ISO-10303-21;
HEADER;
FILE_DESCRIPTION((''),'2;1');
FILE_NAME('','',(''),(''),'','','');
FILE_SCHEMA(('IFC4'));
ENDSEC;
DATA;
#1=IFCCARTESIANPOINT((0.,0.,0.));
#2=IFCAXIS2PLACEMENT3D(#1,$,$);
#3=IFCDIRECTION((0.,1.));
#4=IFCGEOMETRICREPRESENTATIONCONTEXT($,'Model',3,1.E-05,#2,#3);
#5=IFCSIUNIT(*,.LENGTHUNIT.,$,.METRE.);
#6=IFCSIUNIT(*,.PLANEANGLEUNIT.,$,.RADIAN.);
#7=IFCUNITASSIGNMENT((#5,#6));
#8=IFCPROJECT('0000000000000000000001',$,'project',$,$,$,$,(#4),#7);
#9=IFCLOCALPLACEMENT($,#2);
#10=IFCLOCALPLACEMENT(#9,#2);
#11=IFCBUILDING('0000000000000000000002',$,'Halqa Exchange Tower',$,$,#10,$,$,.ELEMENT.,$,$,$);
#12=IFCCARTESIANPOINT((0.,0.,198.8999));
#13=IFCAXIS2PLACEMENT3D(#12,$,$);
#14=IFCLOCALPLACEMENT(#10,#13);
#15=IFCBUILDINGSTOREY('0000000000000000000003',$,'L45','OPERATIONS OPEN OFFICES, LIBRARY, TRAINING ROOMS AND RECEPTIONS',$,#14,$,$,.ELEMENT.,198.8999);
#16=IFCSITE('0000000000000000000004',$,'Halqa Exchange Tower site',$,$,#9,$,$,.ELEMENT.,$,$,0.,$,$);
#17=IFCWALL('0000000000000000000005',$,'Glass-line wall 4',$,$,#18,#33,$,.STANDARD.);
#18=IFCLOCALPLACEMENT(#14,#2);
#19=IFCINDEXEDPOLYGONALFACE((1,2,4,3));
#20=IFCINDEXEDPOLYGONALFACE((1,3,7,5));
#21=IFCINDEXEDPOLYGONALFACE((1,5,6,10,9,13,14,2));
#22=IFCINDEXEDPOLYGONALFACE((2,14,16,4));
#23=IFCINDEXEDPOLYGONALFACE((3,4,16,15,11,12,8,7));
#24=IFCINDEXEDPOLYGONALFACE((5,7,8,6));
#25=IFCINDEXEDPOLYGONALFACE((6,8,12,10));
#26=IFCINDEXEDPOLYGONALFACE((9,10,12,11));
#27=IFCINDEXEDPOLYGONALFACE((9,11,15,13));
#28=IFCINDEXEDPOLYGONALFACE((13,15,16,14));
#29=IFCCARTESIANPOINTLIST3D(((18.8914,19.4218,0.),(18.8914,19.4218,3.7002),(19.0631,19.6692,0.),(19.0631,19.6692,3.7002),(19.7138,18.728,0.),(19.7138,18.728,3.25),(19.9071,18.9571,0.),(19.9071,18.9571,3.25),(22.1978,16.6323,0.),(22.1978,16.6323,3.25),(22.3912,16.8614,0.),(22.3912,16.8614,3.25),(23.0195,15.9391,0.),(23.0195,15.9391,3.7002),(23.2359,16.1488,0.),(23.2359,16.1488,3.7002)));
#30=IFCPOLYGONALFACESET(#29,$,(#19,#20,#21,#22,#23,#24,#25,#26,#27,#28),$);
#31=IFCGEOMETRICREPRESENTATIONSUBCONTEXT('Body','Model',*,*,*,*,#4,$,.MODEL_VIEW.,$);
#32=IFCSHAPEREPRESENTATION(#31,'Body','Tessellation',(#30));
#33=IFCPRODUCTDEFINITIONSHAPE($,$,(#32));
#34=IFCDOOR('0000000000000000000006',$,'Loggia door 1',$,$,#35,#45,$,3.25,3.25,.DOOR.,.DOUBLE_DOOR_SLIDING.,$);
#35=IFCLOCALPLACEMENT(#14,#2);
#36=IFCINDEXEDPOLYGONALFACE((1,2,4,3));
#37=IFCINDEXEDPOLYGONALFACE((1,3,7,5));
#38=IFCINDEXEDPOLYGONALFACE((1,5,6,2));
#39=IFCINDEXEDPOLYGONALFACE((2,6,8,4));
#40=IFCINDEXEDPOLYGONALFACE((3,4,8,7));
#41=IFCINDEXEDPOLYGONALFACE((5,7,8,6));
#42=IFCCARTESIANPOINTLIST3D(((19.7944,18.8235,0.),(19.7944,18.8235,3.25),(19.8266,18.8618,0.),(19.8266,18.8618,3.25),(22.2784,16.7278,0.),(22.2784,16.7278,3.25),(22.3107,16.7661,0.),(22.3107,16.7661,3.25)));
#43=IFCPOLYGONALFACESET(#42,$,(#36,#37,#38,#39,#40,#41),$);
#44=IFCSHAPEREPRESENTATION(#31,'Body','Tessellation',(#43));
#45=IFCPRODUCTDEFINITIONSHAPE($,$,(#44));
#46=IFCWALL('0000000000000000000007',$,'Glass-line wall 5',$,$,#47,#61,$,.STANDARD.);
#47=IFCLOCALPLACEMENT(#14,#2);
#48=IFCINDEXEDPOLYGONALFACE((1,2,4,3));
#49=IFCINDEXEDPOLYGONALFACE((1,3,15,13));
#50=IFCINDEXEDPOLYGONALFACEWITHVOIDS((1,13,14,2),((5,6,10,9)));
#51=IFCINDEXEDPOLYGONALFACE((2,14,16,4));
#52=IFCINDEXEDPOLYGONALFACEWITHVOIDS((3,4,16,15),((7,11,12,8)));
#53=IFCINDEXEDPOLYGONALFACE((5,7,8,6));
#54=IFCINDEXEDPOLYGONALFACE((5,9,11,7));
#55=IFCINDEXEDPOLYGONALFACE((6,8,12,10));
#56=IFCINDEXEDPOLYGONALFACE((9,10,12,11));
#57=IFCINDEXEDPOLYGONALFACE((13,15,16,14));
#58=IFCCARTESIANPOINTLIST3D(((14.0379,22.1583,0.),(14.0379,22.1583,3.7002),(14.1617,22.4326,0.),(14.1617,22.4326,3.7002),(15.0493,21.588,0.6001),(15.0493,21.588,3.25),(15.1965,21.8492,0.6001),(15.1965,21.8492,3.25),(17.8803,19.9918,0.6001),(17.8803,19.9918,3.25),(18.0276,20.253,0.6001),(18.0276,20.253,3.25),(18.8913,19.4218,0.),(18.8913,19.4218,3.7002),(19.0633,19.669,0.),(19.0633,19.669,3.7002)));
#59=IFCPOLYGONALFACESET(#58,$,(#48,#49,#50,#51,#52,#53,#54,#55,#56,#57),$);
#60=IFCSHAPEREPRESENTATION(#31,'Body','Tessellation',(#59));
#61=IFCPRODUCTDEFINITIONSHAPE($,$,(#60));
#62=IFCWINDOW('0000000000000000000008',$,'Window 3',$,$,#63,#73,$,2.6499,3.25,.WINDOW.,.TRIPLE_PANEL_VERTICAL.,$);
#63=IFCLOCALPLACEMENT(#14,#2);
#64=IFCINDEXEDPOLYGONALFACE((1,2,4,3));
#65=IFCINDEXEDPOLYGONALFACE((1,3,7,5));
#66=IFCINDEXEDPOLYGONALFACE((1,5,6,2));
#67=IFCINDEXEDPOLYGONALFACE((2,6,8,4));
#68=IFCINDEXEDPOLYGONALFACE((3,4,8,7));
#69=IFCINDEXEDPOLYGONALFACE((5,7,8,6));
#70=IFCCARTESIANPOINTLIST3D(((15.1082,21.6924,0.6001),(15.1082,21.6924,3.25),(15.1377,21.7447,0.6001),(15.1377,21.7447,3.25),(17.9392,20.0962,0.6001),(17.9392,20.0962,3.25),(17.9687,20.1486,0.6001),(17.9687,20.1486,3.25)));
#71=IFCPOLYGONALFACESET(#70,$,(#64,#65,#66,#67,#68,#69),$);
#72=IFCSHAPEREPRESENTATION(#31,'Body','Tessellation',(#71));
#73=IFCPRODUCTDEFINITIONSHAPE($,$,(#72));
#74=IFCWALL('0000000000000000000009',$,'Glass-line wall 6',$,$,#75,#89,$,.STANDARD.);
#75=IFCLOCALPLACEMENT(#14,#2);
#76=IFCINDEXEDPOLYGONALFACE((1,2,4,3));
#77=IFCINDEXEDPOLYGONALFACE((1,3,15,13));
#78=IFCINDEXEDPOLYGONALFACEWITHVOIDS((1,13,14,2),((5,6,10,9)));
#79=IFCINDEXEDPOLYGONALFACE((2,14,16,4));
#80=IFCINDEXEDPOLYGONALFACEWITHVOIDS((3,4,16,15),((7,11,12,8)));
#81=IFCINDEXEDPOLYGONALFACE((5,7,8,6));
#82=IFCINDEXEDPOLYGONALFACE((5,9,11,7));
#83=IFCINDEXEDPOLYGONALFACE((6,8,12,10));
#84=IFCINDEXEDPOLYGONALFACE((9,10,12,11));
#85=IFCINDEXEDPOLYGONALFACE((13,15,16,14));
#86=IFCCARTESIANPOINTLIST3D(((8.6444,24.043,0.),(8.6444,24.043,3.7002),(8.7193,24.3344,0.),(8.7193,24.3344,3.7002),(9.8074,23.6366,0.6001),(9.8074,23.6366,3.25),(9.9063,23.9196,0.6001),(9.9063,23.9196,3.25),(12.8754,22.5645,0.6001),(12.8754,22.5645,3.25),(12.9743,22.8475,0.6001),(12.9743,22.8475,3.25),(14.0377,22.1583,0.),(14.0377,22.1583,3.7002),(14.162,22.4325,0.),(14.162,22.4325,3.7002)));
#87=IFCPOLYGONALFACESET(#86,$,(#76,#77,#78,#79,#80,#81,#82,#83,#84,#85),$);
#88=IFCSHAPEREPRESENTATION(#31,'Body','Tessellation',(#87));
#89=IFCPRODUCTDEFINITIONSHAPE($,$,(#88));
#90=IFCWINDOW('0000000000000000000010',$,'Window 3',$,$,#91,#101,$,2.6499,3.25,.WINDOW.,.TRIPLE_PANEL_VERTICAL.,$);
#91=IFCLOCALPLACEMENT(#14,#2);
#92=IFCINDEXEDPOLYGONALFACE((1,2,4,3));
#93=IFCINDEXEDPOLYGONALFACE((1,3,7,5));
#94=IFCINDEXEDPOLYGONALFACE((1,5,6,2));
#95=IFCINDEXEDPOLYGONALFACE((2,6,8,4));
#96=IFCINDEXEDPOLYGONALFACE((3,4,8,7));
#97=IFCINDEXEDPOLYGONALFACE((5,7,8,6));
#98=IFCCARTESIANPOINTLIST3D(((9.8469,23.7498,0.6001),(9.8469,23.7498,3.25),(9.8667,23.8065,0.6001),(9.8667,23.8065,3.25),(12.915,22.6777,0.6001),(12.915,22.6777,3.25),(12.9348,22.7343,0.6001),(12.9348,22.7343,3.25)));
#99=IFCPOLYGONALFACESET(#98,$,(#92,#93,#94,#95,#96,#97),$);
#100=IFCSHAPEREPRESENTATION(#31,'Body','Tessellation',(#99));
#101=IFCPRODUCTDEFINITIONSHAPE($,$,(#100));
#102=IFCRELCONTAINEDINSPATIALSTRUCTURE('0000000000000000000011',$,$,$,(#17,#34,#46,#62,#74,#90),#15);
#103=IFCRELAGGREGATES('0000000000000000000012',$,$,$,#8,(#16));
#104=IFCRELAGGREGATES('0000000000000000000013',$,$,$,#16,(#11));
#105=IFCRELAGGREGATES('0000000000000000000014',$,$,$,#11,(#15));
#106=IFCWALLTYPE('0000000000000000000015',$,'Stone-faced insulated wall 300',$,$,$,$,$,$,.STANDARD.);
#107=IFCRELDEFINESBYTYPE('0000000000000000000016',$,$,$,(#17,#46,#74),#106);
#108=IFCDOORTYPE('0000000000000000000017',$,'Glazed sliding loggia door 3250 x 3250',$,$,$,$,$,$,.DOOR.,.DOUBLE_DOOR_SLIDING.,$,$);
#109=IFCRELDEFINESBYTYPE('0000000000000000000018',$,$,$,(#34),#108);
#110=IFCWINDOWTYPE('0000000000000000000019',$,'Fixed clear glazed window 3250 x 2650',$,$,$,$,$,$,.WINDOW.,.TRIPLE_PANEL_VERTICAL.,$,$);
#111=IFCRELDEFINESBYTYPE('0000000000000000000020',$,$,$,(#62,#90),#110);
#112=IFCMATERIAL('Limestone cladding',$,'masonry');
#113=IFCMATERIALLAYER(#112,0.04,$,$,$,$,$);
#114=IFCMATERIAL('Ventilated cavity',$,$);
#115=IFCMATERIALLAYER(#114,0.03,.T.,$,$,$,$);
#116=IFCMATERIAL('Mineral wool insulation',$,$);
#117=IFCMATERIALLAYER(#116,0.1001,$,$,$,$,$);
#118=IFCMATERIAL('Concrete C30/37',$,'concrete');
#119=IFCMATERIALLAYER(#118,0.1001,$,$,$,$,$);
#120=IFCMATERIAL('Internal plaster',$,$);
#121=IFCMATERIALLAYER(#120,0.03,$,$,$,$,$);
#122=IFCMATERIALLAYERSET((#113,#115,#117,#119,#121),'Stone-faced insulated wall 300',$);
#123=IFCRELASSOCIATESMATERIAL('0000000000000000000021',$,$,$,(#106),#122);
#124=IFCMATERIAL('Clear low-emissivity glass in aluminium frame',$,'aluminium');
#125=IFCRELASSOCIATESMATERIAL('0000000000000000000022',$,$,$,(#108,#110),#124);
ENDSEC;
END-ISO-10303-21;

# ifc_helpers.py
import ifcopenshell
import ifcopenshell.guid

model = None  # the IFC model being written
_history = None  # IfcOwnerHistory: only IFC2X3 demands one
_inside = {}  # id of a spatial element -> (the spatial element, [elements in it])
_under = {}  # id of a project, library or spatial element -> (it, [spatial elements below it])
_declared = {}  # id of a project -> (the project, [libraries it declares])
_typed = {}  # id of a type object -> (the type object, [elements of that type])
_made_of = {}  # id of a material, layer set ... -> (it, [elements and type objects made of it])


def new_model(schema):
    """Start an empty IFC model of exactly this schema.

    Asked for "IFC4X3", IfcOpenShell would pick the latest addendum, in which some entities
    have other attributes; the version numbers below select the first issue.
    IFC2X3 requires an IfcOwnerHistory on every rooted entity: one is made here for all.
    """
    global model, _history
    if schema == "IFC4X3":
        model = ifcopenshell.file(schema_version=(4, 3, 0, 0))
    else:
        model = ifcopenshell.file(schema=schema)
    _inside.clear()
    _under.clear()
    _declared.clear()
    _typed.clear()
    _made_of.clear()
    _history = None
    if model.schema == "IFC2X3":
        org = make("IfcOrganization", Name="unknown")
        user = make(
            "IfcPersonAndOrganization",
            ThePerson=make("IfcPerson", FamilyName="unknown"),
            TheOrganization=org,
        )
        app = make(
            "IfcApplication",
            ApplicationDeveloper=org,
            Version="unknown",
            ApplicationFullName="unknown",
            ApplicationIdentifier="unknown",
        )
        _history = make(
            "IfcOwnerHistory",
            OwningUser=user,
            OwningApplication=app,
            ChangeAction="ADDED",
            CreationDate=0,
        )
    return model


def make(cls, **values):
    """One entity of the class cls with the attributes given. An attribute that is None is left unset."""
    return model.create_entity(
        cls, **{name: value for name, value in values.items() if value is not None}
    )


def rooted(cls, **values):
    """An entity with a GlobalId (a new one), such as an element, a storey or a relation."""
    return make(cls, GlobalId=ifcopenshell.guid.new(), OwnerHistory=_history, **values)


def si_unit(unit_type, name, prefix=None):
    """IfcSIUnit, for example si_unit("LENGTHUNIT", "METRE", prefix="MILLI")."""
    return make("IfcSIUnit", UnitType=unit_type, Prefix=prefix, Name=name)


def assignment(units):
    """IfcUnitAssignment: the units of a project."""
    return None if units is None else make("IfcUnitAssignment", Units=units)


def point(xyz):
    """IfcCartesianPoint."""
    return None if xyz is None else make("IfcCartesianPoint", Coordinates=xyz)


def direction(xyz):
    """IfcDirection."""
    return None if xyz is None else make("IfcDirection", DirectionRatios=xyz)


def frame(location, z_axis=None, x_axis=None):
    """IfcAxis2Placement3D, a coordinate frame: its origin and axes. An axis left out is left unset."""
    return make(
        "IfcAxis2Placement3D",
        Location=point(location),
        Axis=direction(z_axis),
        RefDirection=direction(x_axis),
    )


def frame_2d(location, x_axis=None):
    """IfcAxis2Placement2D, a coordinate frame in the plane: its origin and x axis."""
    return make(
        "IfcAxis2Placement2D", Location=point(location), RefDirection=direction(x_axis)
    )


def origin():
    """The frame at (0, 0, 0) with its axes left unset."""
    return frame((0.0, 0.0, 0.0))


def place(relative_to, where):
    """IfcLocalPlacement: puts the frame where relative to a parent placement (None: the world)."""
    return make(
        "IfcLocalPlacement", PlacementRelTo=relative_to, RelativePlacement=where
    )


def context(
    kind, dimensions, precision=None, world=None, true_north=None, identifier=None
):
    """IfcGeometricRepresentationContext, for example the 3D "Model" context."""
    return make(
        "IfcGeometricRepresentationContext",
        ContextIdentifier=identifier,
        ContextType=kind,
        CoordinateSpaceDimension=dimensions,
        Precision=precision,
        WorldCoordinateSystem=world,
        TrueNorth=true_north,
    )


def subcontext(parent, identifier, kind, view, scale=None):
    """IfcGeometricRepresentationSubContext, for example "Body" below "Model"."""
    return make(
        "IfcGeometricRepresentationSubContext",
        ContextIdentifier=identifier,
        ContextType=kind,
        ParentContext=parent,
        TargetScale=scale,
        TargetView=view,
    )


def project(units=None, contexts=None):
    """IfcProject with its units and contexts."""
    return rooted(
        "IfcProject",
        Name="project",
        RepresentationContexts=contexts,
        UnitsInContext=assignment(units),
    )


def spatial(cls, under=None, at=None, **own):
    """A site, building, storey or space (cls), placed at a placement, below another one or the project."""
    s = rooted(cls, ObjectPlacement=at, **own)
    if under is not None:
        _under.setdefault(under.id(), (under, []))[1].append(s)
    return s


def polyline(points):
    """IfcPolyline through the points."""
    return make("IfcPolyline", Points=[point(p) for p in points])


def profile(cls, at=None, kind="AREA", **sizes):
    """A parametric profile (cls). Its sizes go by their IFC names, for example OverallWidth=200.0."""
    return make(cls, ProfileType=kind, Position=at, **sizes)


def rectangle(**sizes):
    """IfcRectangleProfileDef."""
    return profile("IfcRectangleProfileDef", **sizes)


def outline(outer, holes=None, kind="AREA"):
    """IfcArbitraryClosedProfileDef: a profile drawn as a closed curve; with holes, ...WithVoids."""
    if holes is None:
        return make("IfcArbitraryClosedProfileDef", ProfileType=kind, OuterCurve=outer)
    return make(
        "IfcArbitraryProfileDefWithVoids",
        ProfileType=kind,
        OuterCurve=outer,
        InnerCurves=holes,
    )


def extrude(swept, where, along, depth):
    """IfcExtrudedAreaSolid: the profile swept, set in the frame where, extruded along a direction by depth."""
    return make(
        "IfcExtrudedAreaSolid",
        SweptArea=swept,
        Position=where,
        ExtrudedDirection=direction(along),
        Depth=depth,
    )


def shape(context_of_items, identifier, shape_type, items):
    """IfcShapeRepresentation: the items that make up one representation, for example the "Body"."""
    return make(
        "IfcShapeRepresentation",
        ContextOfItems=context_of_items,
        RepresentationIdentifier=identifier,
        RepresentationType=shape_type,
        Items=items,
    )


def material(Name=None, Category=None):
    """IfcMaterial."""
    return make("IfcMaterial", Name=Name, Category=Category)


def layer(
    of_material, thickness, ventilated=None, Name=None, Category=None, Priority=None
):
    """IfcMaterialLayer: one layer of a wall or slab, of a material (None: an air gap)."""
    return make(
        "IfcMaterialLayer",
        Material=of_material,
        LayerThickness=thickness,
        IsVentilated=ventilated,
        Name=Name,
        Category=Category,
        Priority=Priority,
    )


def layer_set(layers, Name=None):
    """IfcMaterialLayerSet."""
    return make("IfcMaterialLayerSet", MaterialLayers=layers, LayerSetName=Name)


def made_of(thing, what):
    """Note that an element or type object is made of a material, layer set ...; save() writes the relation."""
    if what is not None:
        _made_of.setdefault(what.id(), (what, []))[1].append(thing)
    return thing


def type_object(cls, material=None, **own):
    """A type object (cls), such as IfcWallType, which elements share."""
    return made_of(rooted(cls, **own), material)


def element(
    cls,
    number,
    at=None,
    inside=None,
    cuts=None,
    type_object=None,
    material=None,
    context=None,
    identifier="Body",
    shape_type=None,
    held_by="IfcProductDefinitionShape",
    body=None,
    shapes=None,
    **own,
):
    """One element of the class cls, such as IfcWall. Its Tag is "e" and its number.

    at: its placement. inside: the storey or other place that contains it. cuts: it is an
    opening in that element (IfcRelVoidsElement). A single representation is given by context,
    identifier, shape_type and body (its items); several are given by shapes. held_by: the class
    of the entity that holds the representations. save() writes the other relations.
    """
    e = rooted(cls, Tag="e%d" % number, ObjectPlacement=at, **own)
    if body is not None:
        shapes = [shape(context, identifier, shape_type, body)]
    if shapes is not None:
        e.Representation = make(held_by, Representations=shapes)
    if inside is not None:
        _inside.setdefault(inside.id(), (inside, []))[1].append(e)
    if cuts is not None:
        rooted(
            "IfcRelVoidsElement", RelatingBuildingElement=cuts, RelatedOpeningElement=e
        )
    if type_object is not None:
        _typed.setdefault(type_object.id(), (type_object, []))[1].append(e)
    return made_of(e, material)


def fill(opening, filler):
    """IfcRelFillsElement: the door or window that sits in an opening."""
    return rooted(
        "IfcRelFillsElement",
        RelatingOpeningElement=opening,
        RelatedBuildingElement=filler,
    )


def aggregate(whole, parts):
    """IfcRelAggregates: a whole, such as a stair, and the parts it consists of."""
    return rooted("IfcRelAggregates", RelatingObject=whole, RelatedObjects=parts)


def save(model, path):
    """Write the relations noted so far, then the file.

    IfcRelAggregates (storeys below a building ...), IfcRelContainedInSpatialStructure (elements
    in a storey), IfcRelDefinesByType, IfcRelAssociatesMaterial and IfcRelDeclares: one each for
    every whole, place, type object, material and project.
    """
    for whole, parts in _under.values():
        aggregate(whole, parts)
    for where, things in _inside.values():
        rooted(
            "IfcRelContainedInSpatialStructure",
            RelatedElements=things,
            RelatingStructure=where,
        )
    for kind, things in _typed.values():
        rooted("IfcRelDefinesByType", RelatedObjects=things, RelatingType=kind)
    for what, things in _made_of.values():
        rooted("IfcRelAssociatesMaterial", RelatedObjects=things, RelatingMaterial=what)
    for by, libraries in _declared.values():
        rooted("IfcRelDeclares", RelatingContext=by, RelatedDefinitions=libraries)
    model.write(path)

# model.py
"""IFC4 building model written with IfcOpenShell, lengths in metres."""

from ifc_helpers import new_model, si_unit, direction, frame, frame_2d, origin, place, context, subcontext, project, spatial, polyline, rectangle, outline, extrude, material, layer, layer_set, type_object, element, fill, save


model = new_model("IFC4")

# Units and contexts
model_context = context("Model", 3, precision=1e-05, world=origin(), true_north=direction((0.0, 1.0)))
body_context = subcontext(model_context, "Body", "Model", "MODEL_VIEW")
ifc_project = project(units=[si_unit("LENGTHUNIT", "METRE"), si_unit("PLANEANGLEUNIT", "RADIAN")], contexts=[model_context])

# Site, building, storey
site_placement = place(None, origin())
site = spatial("IfcSite", under=ifc_project, at=site_placement, Name="Halqa Exchange Tower site", CompositionType="ELEMENT", RefElevation=0.0)
building_placement = place(site_placement, origin())
building = spatial("IfcBuilding", under=site, at=building_placement, Name="Halqa Exchange Tower", CompositionType="ELEMENT")
storey_placement = place(building_placement, frame((0.0, 0.0, 198.8999)))
storey = spatial("IfcBuildingStorey", under=building, at=storey_placement, Name="L45", Description="OPERATIONS OPEN OFFICES, LIBRARY, TRAINING ROOMS AND RECEPTIONS", CompositionType="ELEMENT", Elevation=198.8999)

# Wall, opening, door
ifc_material_1 = material(Name="Limestone cladding", Category="masonry")
ifc_layer_1 = layer(ifc_material_1, 0.04)
ifc_material_2 = material(Name="Ventilated cavity")
ifc_layer_2 = layer(ifc_material_2, 0.03, ventilated=True)
ifc_material_3 = material(Name="Mineral wool insulation")
ifc_layer_3 = layer(ifc_material_3, 0.1001)
ifc_material_4 = material(Name="Concrete C30/37", Category="concrete")
ifc_layer_4 = layer(ifc_material_4, 0.1001)
ifc_material_5 = material(Name="Internal plaster")
ifc_layer_5 = layer(ifc_material_5, 0.03)
ifc_layer_set_1 = layer_set([ifc_layer_1, ifc_layer_2, ifc_layer_3, ifc_layer_4, ifc_layer_5], Name="Stone-faced insulated wall 300")
wall_type_1 = type_object("IfcWallType", Name="Stone-faced insulated wall 300", PredefinedType="STANDARD", material=ifc_layer_set_1)
wall_1_placement = place(storey_placement, frame((23.1277, 16.0439, 0.0), z_axis=(0.0, 0.0, 1.0), x_axis=(-0.76433, 0.644825, 0.0)))
wall_1 = element("IfcWall", 1, at=wall_1_placement, inside=storey, type_object=wall_type_1, Name="Glass-line wall 4", PredefinedType="STANDARD", context=body_context, shape_type="SweptSolid", body=[
    extrude(outline(polyline([(-0.0151, -0.1499), (5.4443, -0.1499), (5.416, 0.1499), (0.0151, 0.1499), (-0.0151, -0.1499)])), origin(), (0.0, 0.0, 1.0), 3.7002),
])
opening_1_placement = place(wall_1_placement, frame((1.0901, 0.0, 0.0)))
opening_1 = element("IfcOpeningElement", 2, at=opening_1_placement, cuts=wall_1, PredefinedType="OPENING", context=body_context, shape_type="SweptSolid", body=[
    extrude(rectangle(XDim=3.25, YDim=3.25, at=frame_2d((1.625, 1.625))), frame((0.0, 0.1621, 0.0), z_axis=(0.0, -1.0, 0.0), x_axis=(1.0, 0.0, 0.0)), (0.0, 0.0, 1.0), 0.324),
])
ifc_material_6 = material(Name="Clear low-emissivity glass in aluminium frame", Category="aluminium")
door_type_1 = type_object("IfcDoorType", Name="Glazed sliding loggia door 3250 x 3250", OperationType="DOUBLE_DOOR_SLIDING", PredefinedType="DOOR", material=ifc_material_6)
door_1_placement = place(opening_1_placement, origin())
door_1 = element("IfcDoor", 3, at=door_1_placement, inside=storey, type_object=door_type_1, Name="Loggia door 1", OperationType="DOUBLE_DOOR_SLIDING", OverallHeight=3.25, OverallWidth=3.25, PredefinedType="DOOR", context=body_context, shape_type="SweptSolid", body=[
    extrude(rectangle(XDim=3.25, YDim=3.25, at=frame_2d((1.625, 1.625))), frame((0.0, 0.0249, 0.0), z_axis=(0.0, -1.0, 0.0), x_axis=(1.0, 0.0, 0.0)), (0.0, 0.0, 1.0), 0.05),
])
fill(opening_1, door_1)

# Walls, openings, windows
wall_2_placement = place(storey_placement, frame((18.9773, 19.5454, 0.0), z_axis=(0.0, 0.0, 1.0), x_axis=(-0.871084, 0.491135, 0.0)))
wall_2 = element("IfcWall", 4, at=wall_2_placement, inside=storey, type_object=wall_type_1, Name="Glass-line wall 5", PredefinedType="STANDARD", context=body_context, shape_type="SweptSolid", body=[
    extrude(outline(polyline([(-0.0142, -0.1499), (5.6128, -0.1499), (5.5859, 0.1499), (0.0142, 0.1499), (-0.0142, -0.1499)])), origin(), (0.0, 0.0, 1.0), 3.7002),
])
opening_2_placement = place(wall_2_placement, frame((1.1748, 0.0, 0.6001)))
opening_2 = element("IfcOpeningElement", 5, at=opening_2_placement, cuts=wall_2, PredefinedType="OPENING", context=body_context, shape_type="SweptSolid", body=[
    extrude(rectangle(XDim=3.25, YDim=2.6499, at=frame_2d((1.625, 1.325))), frame((0.0, 0.1621, 0.0), z_axis=(0.0, -1.0, 0.0), x_axis=(1.0, 0.0, 0.0)), (0.0, 0.0, 1.0), 0.324),
])
window_type = type_object("IfcWindowType", Name="Fixed clear glazed window 3250 x 2650", PartitioningType="TRIPLE_PANEL_VERTICAL", PredefinedType="WINDOW", material=ifc_material_6)
window_1_placement = place(opening_2_placement, origin())
window_1 = element("IfcWindow", 6, at=window_1_placement, inside=storey, type_object=window_type, Name="Window 3", OverallHeight=2.6499, OverallWidth=3.25, PartitioningType="TRIPLE_PANEL_VERTICAL", PredefinedType="WINDOW", context=body_context, shape_type="SweptSolid", body=[
    extrude(rectangle(XDim=3.25, YDim=2.6499, at=frame_2d((1.625, 1.325))), frame((0.0, 0.03, 0.0), z_axis=(0.0, -1.0, 0.0), x_axis=(1.0, 0.0, 0.0)), (0.0, 0.0, 1.0), 0.0601),
])
fill(opening_2, window_1)
wall_3_placement = place(storey_placement, frame((14.0999, 22.2954, 0.0), z_axis=(0.0, 0.0, 1.0), x_axis=(-0.94402, 0.329888, 0.0)))
wall_3 = element("IfcWall", 7, at=wall_3_placement, inside=storey, type_object=wall_type_1, Name="Glass-line wall 6", PredefinedType="STANDARD", context=body_context, shape_type="SweptSolid", body=[
    extrude(outline(polyline([(-0.0134, -0.1499), (5.752, -0.1499), (5.7266, 0.1499), (0.0134, 0.1499), (-0.0134, -0.1499)])), origin(), (0.0, 0.0, 1.0), 3.7002),
])
opening_3_placement = place(wall_3_placement, frame((1.2446, 0.0, 0.6001)))
opening_3 = element("IfcOpeningElement", 8, at=opening_3_placement, cuts=wall_3, PredefinedType="OPENING", context=body_context, shape_type="SweptSolid", body=[
    extrude(rectangle(XDim=3.25, YDim=2.6499, at=frame_2d((1.625, 1.325))), frame((0.0, 0.1621, 0.0), z_axis=(0.0, -1.0, 0.0), x_axis=(1.0, 0.0, 0.0)), (0.0, 0.0, 1.0), 0.324),
])
window_2_placement = place(opening_3_placement, origin())
window_2 = element("IfcWindow", 9, at=window_2_placement, inside=storey, type_object=window_type, Name="Window 3", OverallHeight=2.6499, OverallWidth=3.25, PartitioningType="TRIPLE_PANEL_VERTICAL", PredefinedType="WINDOW", context=body_context, shape_type="SweptSolid", body=[
    extrude(rectangle(XDim=3.25, YDim=2.6499, at=frame_2d((1.625, 1.325))), frame((0.0, 0.03, 0.0), z_axis=(0.0, -1.0, 0.0), x_axis=(1.0, 0.0, 0.0)), (0.0, 0.0, 1.0), 0.0601),
])
fill(opening_3, window_2)

save(model, "model.ifc")
